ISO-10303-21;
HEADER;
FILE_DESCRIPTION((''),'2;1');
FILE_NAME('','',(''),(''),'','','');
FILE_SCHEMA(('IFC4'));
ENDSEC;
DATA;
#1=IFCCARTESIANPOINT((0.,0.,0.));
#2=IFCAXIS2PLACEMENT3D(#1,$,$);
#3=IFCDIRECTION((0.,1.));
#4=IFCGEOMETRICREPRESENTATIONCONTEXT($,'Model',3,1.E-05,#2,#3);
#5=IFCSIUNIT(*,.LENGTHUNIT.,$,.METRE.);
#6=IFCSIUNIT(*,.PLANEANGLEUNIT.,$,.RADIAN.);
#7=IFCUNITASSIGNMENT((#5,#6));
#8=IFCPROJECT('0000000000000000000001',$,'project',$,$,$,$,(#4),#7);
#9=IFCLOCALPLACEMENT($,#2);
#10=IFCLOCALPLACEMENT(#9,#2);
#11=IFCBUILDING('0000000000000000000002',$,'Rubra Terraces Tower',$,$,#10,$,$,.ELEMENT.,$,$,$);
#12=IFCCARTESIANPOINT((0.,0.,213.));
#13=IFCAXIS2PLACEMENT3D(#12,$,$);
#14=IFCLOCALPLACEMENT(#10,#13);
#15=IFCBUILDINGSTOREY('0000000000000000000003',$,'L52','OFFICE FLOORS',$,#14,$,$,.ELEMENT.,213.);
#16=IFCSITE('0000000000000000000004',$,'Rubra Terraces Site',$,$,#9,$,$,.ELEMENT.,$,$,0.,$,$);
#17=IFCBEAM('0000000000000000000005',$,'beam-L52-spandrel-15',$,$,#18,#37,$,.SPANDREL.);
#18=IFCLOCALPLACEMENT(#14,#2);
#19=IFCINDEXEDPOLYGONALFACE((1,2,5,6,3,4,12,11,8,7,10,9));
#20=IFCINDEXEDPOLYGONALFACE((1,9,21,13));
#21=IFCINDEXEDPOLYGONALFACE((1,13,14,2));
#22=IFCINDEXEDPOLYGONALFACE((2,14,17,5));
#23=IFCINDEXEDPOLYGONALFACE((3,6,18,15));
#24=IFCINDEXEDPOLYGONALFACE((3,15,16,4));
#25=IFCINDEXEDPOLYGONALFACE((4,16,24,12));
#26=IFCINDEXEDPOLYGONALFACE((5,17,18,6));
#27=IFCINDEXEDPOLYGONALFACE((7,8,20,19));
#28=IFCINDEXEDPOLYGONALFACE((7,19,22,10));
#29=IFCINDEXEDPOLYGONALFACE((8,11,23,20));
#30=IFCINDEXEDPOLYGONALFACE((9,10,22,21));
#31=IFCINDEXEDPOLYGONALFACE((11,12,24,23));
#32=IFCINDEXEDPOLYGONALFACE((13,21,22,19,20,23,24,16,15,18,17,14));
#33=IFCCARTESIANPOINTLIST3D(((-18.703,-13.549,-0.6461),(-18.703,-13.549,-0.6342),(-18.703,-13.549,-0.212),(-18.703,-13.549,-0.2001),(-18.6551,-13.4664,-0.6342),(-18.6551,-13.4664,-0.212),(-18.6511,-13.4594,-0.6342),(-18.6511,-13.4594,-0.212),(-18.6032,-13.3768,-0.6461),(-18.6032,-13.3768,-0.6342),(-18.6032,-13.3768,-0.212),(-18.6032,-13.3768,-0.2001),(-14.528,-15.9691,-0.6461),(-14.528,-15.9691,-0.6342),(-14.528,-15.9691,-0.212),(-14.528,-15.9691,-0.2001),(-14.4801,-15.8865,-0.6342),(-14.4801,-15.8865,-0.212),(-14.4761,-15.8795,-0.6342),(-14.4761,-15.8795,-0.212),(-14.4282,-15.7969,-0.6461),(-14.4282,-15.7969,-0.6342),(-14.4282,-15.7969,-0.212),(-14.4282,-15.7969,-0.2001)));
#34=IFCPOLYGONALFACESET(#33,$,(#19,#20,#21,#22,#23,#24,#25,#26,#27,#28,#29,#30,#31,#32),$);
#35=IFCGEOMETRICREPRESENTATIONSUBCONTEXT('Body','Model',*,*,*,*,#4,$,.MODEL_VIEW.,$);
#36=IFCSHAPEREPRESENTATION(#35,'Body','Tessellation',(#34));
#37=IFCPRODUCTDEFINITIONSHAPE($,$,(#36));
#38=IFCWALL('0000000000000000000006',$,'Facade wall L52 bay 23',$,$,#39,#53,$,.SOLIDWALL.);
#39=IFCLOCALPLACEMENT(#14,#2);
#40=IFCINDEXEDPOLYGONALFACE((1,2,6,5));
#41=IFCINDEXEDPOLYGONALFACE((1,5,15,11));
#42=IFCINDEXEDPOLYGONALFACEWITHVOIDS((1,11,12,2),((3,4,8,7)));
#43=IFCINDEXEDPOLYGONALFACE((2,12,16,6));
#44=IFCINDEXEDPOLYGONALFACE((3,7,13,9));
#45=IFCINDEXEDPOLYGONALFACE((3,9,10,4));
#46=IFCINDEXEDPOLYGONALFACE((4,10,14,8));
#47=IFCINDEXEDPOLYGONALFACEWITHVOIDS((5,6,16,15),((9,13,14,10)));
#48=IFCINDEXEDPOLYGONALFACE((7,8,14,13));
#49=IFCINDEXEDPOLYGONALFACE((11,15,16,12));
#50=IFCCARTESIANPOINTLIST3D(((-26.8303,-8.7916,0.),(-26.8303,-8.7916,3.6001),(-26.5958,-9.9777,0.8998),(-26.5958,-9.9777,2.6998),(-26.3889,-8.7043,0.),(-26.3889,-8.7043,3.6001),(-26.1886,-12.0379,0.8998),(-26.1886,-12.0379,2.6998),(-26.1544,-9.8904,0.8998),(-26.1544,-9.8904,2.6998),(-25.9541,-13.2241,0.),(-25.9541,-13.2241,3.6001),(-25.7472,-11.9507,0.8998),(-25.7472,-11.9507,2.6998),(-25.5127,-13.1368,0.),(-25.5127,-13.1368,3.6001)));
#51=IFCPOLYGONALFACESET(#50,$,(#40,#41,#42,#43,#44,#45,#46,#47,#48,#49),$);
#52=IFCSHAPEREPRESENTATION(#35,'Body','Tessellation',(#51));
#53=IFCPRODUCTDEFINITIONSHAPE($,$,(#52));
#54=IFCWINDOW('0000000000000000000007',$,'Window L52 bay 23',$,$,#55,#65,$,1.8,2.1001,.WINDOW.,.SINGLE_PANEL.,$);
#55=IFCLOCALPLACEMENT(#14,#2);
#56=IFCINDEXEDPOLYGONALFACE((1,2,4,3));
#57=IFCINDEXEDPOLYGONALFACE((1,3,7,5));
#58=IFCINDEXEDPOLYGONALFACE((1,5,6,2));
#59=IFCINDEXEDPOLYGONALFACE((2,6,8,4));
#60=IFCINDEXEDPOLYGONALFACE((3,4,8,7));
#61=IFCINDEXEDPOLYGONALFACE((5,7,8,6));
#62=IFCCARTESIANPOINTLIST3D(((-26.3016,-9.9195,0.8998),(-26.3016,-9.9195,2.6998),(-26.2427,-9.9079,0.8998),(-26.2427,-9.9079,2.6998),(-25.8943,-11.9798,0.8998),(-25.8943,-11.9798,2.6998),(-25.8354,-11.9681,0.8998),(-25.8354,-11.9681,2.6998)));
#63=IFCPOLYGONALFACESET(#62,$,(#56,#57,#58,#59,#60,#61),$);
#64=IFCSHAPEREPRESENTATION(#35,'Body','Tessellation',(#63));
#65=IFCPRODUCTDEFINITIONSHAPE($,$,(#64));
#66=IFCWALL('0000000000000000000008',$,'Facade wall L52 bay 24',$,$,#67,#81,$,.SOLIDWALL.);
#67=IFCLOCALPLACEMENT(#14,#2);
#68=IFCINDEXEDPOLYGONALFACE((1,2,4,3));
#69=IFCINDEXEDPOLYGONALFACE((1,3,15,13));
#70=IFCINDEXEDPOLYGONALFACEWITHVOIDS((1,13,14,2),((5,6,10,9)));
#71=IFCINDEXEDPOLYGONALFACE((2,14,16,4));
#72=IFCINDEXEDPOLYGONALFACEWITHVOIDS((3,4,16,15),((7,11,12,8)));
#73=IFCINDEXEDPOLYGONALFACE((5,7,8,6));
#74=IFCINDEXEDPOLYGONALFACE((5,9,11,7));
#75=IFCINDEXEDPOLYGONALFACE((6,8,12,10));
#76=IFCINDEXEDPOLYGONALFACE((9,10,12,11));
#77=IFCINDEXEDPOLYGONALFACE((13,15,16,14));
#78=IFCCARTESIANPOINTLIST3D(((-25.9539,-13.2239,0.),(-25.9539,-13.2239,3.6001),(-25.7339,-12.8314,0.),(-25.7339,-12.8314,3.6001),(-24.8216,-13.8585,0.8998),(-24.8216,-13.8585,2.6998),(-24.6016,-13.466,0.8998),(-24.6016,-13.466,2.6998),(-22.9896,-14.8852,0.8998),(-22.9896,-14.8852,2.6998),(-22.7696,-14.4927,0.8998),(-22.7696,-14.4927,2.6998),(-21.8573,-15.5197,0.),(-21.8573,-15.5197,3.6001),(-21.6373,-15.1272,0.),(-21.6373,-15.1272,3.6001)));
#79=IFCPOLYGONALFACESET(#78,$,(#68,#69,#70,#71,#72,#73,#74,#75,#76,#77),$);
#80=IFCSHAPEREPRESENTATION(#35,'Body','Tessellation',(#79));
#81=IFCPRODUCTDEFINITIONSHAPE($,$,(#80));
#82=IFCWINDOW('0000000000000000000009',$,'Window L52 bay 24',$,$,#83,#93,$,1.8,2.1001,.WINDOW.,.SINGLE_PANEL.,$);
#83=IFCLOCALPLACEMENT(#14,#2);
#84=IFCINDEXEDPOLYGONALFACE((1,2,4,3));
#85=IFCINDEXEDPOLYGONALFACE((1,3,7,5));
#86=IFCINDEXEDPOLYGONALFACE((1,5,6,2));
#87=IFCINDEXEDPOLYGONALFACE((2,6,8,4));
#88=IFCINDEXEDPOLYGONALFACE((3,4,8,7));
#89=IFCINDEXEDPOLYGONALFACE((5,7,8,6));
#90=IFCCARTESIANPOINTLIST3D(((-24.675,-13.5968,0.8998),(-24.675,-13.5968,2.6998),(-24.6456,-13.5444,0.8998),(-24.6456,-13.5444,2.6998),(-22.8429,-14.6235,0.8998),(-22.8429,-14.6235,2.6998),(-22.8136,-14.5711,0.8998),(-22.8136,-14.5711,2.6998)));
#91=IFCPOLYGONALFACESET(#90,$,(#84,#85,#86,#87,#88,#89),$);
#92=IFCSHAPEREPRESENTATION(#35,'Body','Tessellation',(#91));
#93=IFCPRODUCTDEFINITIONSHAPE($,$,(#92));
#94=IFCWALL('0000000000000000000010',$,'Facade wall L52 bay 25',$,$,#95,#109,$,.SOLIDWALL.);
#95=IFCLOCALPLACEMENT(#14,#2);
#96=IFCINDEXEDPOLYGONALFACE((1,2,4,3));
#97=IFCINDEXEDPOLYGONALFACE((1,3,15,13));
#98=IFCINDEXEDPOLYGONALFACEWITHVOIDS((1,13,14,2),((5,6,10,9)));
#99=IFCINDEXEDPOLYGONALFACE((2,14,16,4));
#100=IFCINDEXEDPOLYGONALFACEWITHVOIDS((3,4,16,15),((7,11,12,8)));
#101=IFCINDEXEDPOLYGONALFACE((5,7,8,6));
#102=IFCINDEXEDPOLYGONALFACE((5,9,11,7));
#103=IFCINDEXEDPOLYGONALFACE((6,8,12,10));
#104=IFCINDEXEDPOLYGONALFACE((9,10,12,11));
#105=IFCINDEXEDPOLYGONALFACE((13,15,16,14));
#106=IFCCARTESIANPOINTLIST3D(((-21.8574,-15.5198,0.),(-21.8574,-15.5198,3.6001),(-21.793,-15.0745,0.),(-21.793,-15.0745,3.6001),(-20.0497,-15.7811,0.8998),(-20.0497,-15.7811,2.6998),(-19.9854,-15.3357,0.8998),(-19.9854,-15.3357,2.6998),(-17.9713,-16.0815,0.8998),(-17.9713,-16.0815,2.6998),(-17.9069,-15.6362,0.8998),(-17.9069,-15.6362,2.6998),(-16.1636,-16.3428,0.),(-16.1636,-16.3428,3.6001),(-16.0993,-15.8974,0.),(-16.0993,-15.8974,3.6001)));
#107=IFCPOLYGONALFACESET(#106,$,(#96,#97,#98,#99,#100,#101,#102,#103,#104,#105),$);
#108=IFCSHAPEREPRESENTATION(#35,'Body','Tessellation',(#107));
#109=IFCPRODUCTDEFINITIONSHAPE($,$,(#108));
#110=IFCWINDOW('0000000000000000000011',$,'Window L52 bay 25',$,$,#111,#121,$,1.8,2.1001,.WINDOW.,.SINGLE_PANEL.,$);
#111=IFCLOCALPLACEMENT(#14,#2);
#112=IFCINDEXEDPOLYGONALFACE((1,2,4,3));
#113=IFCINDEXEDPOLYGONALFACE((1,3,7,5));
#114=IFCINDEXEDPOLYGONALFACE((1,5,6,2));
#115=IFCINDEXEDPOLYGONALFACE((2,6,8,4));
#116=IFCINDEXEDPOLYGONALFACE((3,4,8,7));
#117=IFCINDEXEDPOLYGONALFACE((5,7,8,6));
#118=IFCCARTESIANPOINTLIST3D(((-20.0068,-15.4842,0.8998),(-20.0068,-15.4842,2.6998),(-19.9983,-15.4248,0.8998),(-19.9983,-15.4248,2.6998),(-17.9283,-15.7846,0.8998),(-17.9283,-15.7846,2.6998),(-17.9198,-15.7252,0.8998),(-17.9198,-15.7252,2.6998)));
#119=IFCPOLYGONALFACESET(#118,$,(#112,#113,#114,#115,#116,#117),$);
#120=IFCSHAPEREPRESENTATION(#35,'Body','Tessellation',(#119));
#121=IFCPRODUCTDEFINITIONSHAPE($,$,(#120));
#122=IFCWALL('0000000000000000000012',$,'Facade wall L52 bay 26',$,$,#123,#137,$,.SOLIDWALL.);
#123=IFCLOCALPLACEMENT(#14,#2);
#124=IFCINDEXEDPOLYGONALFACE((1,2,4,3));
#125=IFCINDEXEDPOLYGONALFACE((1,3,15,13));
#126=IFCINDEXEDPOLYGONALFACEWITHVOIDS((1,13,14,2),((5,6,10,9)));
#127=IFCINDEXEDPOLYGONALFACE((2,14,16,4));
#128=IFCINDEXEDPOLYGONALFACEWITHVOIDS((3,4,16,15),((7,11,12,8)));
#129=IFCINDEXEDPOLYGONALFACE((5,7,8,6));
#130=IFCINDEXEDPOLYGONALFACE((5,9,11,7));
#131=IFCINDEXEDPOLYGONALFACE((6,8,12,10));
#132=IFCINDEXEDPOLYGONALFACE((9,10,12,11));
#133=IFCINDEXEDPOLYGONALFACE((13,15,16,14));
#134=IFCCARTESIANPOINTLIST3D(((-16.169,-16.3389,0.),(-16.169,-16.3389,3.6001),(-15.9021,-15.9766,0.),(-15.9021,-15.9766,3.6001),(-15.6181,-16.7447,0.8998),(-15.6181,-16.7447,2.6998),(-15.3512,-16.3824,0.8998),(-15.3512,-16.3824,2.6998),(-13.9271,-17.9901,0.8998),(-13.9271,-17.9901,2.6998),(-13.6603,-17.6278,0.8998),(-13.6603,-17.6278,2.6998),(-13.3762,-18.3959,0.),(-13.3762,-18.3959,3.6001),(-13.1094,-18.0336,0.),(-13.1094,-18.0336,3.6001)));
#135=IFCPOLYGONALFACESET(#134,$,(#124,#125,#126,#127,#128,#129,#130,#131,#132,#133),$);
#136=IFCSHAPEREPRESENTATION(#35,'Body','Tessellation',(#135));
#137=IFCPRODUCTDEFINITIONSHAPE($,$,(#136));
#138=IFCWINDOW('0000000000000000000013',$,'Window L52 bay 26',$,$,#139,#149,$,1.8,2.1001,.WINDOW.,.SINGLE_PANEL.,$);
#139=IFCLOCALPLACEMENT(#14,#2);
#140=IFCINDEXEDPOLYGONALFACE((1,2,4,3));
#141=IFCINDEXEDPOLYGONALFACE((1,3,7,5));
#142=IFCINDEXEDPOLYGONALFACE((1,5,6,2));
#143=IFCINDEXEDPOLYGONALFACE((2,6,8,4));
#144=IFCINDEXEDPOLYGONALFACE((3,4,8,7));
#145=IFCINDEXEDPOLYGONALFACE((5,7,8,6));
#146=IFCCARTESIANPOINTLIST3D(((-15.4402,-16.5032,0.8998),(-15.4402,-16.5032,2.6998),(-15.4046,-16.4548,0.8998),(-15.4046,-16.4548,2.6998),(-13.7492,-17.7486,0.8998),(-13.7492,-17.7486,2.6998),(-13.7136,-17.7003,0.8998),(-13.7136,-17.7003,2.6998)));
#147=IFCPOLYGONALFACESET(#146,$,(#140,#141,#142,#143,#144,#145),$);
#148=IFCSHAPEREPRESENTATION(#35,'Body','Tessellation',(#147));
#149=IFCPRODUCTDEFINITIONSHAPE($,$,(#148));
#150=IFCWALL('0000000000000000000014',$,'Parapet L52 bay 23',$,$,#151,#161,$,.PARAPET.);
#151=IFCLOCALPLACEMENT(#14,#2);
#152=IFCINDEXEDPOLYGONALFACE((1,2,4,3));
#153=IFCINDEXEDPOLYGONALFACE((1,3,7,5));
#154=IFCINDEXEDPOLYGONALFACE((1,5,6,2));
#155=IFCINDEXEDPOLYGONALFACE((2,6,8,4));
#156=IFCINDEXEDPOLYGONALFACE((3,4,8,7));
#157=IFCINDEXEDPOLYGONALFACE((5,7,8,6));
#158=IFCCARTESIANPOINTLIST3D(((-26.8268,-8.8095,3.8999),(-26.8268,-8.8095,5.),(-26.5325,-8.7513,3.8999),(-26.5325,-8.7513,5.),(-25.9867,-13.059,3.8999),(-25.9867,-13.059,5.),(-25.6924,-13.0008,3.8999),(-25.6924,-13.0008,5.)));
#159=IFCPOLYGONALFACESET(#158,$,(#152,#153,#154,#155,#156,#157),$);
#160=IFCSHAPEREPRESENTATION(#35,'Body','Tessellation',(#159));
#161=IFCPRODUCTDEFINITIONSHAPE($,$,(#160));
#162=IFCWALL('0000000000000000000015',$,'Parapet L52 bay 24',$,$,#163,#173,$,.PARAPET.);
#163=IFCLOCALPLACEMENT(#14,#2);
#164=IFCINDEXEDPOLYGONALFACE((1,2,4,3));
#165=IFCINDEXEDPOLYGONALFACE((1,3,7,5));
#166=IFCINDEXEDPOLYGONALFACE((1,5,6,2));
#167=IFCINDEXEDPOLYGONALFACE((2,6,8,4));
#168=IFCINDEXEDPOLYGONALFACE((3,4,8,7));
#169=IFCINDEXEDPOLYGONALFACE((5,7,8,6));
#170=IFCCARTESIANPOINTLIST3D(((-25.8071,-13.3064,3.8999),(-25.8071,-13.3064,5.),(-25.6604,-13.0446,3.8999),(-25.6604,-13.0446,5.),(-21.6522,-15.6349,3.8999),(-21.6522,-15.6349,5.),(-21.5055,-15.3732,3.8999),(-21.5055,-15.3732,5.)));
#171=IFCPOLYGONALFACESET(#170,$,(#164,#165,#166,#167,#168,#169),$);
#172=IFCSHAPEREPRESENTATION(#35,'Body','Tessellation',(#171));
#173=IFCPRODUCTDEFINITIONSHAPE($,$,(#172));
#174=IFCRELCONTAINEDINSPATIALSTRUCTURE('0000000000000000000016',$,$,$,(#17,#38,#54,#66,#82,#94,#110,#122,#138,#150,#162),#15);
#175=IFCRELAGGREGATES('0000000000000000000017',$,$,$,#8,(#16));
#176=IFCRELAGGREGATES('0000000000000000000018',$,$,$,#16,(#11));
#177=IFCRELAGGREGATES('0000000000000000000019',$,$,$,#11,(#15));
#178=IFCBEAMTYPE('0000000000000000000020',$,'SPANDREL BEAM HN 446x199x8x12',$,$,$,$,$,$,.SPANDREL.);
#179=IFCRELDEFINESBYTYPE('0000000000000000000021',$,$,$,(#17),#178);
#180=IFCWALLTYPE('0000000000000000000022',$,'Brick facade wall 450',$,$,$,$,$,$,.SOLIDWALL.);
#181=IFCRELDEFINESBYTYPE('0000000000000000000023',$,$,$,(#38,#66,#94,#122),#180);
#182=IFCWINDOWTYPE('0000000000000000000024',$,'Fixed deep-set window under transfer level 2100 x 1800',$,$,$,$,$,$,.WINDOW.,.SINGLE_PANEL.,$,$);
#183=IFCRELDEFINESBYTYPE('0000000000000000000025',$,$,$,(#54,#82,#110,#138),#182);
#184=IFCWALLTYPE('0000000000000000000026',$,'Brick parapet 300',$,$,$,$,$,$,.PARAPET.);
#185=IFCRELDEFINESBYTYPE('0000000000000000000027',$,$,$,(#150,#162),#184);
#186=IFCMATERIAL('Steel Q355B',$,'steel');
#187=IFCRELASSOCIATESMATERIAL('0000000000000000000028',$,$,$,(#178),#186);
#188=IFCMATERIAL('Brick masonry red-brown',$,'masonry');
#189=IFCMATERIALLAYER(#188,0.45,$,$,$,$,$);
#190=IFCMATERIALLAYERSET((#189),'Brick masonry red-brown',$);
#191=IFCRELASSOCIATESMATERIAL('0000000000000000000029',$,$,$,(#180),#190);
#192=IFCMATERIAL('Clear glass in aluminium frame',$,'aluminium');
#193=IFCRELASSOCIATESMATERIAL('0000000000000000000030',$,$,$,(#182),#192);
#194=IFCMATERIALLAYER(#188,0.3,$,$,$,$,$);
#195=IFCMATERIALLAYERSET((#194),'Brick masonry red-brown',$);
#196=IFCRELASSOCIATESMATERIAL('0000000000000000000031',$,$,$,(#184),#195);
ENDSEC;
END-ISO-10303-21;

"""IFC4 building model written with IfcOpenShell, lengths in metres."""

from ifc_helpers import new_model, si_unit, direction, frame, frame_2d, origin, origin_2d, place, context, subcontext, project, spatial, rectangle, i_section, extrude, material, layer, layer_set, material_profile, profile_set, type_object, element, fill, save


model = new_model("IFC4")

# Units and contexts
model_context = context("Model", 3, precision=1e-05, world=origin(), true_north=direction((0.0, 1.0)))
body_context = subcontext(model_context, "Body", "Model", "MODEL_VIEW")
ifc_project = project(units=[si_unit("LENGTHUNIT", "METRE"), si_unit("PLANEANGLEUNIT", "RADIAN")], contexts=[model_context])

# Site, building, storey
site_placement = place(None, origin())
site = spatial("IfcSite", under=ifc_project, at=site_placement, Name="Rubra Terraces Site", CompositionType="ELEMENT", RefElevation=0.0)
building_placement = place(site_placement, origin())
building = spatial("IfcBuilding", under=site, at=building_placement, Name="Rubra Terraces Tower", CompositionType="ELEMENT")
storey_placement = place(building_placement, frame((0.0, 0.0, 213.0)))
storey = spatial("IfcBuildingStorey", under=building, at=storey_placement, Name="L52", Description="OFFICE FLOORS", CompositionType="ELEMENT", Elevation=213.0)

# Beam
ifc_material_1 = material(Name="Steel Q355B", Category="steel")
ifc_material_profile_1 = material_profile(ifc_material_1, i_section(OverallWidth=0.199, OverallDepth=0.446, WebThickness=0.0081, FlangeThickness=0.012, at=origin_2d()), Name="HN 446x199x8x12")
ifc_profile_set_1 = profile_set([ifc_material_profile_1], Name="Steel Q355B")
beam_type_1 = type_object("IfcBeamType", Name="SPANDREL BEAM HN 446x199x8x12", PredefinedType="SPANDREL", material=ifc_profile_set_1)
beam_1_placement = place(storey_placement, frame((-18.6531, -13.4629, -0.4231), z_axis=(0.865154, -0.501507, 0.0), x_axis=(0.501507, 0.865154, 0.0)))
element("IfcBeam", 1, at=beam_1_placement, inside=storey, type_object=beam_type_1, Name="beam-L52-spandrel-15", PredefinedType="SPANDREL", context=body_context, shape_type="SweptSolid", body=[
    extrude(i_section(OverallWidth=0.199, OverallDepth=0.446, WebThickness=0.0081, FlangeThickness=0.012, at=origin_2d()), origin(), (0.0, 0.0, 1.0), 4.8257),
])

# Walls, openings, windows
ifc_material_2 = material(Name="Brick masonry red-brown", Category="masonry")
ifc_layer_1 = layer(ifc_material_2, 0.45)
ifc_layer_set_1 = layer_set([ifc_layer_1], Name="Brick masonry red-brown")
wall_type_1 = type_object("IfcWallType", Name="Brick facade wall 450", PredefinedType="SOLIDWALL", material=ifc_layer_set_1)
wall_1_placement = place(storey_placement, frame((-26.6096, -8.7478, 0.0), z_axis=(0.0, 0.0, 1.0), x_axis=(0.193923, -0.981017, 0.0)))
wall_1 = element("IfcWall", 2, at=wall_1_placement, inside=storey, type_object=wall_type_1, Name="Facade wall L52 bay 23", PredefinedType="SOLIDWALL", context=body_context, shape_type="SweptSolid", body=[
    extrude(rectangle(XDim=4.5183, YDim=0.45, at=frame_2d((2.2593, 0.0))), origin(), (0.0, 0.0, 1.0), 3.6001),
])
opening_1_placement = place(wall_1_placement, frame((1.2092, 0.0, 0.8999)))
opening_1 = element("IfcOpeningElement", 3, at=opening_1_placement, cuts=wall_1, PredefinedType="OPENING", context=body_context, shape_type="SweptSolid", body=[
    extrude(rectangle(XDim=2.1001, YDim=1.8, at=frame_2d((1.05, 0.8999))), frame((0.0, 0.2349, 0.0), z_axis=(0.0, -1.0, 0.0), x_axis=(1.0, 0.0, 0.0)), (0.0, 0.0, 1.0), 0.47),
])
ifc_material_3 = material(Name="Clear glass in aluminium frame", Category="aluminium")
window_type = type_object("IfcWindowType", Name="Fixed deep-set window under transfer level 2100 x 1800", PartitioningType="SINGLE_PANEL", PredefinedType="WINDOW", material=ifc_material_3)
window_1_placement = place(opening_1_placement, origin())
window_1 = element("IfcWindow", 4, at=window_1_placement, inside=storey, type_object=window_type, Name="Window L52 bay 23", OverallHeight=1.8, OverallWidth=2.1001, PartitioningType="SINGLE_PANEL", PredefinedType="WINDOW", context=body_context, shape_type="SweptSolid", body=[
    extrude(rectangle(XDim=2.1001, YDim=1.8, at=frame_2d((1.05, 0.8999))), frame((0.0, 0.135, 0.0), z_axis=(0.0, -1.0, 0.0), x_axis=(1.0, 0.0, 0.0)), (0.0, 0.0, 1.0), 0.0601),
])
fill(opening_1, window_1)
wall_2_placement = place(storey_placement, frame((-25.844, -13.0276, 0.0), z_axis=(0.0, 0.0, 1.0), x_axis=(0.872346, -0.488888, 0.0)))
wall_2 = element("IfcWall", 5, at=wall_2_placement, inside=storey, type_object=wall_type_1, Name="Facade wall L52 bay 24", PredefinedType="SOLIDWALL", context=body_context, shape_type="SweptSolid", body=[
    extrude(rectangle(XDim=4.696, YDim=0.45, at=frame_2d((2.3481, 0.0))), origin(), (0.0, 0.0, 1.0), 3.6001),
])
opening_2_placement = place(wall_2_placement, frame((1.2981, 0.0, 0.8999)))
opening_2 = element("IfcOpeningElement", 6, at=opening_2_placement, cuts=wall_2, PredefinedType="OPENING", context=body_context, shape_type="SweptSolid", body=[
    extrude(rectangle(XDim=2.1001, YDim=1.8, at=frame_2d((1.05, 0.8999))), frame((0.0, 0.2349, 0.0), z_axis=(0.0, -1.0, 0.0), x_axis=(1.0, 0.0, 0.0)), (0.0, 0.0, 1.0), 0.47),
])
window_2_placement = place(opening_2_placement, origin())
window_2 = element("IfcWindow", 7, at=window_2_placement, inside=storey, type_object=window_type, Name="Window L52 bay 24", OverallHeight=1.8, OverallWidth=2.1001, PartitioningType="SINGLE_PANEL", PredefinedType="WINDOW", context=body_context, shape_type="SweptSolid", body=[
    extrude(rectangle(XDim=2.1001, YDim=1.8, at=frame_2d((1.05, 0.8999))), frame((0.0, 0.135, 0.0), z_axis=(0.0, -1.0, 0.0), x_axis=(1.0, 0.0, 0.0)), (0.0, 0.0, 1.0), 0.0601),
])
fill(opening_2, window_2)
wall_3_placement = place(storey_placement, frame((-21.8252, -15.2971, 0.0), z_axis=(0.0, 0.0, 1.0), x_axis=(0.989715, -0.143055, 0.0)))
wall_3 = element("IfcWall", 8, at=wall_3_placement, inside=storey, type_object=wall_type_1, Name="Facade wall L52 bay 25", PredefinedType="SOLIDWALL", context=body_context, shape_type="SweptSolid", body=[
    extrude(rectangle(XDim=5.7529, YDim=0.45, at=frame_2d((2.8765, 0.0))), origin(), (0.0, 0.0, 1.0), 3.6001),
])
opening_3_placement = place(wall_3_placement, frame((1.8264, 0.0, 0.8999)))
opening_3 = element("IfcOpeningElement", 9, at=opening_3_placement, cuts=wall_3, PredefinedType="OPENING", context=body_context, shape_type="SweptSolid", body=[
    extrude(rectangle(XDim=2.1001, YDim=1.8, at=frame_2d((1.05, 0.8999))), frame((0.0, 0.2349, 0.0), z_axis=(0.0, -1.0, 0.0), x_axis=(1.0, 0.0, 0.0)), (0.0, 0.0, 1.0), 0.47),
])
window_3_placement = place(opening_3_placement, origin())
window_3 = element("IfcWindow", 10, at=window_3_placement, inside=storey, type_object=window_type, Name="Window L52 bay 25", OverallHeight=1.8, OverallWidth=2.1001, PartitioningType="SINGLE_PANEL", PredefinedType="WINDOW", context=body_context, shape_type="SweptSolid", body=[
    extrude(rectangle(XDim=2.1001, YDim=1.8, at=frame_2d((1.05, 0.8999))), frame((0.0, 0.135, 0.0), z_axis=(0.0, -1.0, 0.0), x_axis=(1.0, 0.0, 0.0)), (0.0, 0.0, 1.0), 0.0601),
])
fill(opening_3, window_3)
wall_4_placement = place(storey_placement, frame((-16.0356, -16.1577, 0.0), z_axis=(0.0, 0.0, 1.0), x_axis=(0.805181, -0.593029, 0.0)))
wall_4 = element("IfcWall", 11, at=wall_4_placement, inside=storey, type_object=wall_type_1, Name="Facade wall L52 bay 26", PredefinedType="SOLIDWALL", context=body_context, shape_type="SweptSolid", body=[
    extrude(rectangle(XDim=3.4685, YDim=0.45, at=frame_2d((1.7344, 0.0))), origin(), (0.0, 0.0, 1.0), 3.6001),
])
opening_4_placement = place(wall_4_placement, frame((0.6843, 0.0, 0.8999)))
opening_4 = element("IfcOpeningElement", 12, at=opening_4_placement, cuts=wall_4, PredefinedType="OPENING", context=body_context, shape_type="SweptSolid", body=[
    extrude(rectangle(XDim=2.1001, YDim=1.8, at=frame_2d((1.05, 0.8999))), frame((0.0, 0.2349, 0.0), z_axis=(0.0, -1.0, 0.0), x_axis=(1.0, 0.0, 0.0)), (0.0, 0.0, 1.0), 0.47),
])
window_4_placement = place(opening_4_placement, origin())
window_4 = element("IfcWindow", 13, at=window_4_placement, inside=storey, type_object=window_type, Name="Window L52 bay 26", OverallHeight=1.8, OverallWidth=2.1001, PartitioningType="SINGLE_PANEL", PredefinedType="WINDOW", context=body_context, shape_type="SweptSolid", body=[
    extrude(rectangle(XDim=2.1001, YDim=1.8, at=frame_2d((1.05, 0.8999))), frame((0.0, 0.135, 0.0), z_axis=(0.0, -1.0, 0.0), x_axis=(1.0, 0.0, 0.0)), (0.0, 0.0, 1.0), 0.0601),
])
fill(opening_4, window_4)

# Walls
ifc_layer_2 = layer(ifc_material_2, 0.3)
ifc_layer_set_2 = layer_set([ifc_layer_2], Name="Brick masonry red-brown")
wall_type_2 = type_object("IfcWallType", Name="Brick parapet 300", PredefinedType="PARAPET", material=ifc_layer_set_2)
wall_5_placement = place(storey_placement, frame((-26.6797, -8.7803, 3.8999), z_axis=(0.0, 0.0, 1.0), x_axis=(0.193937, -0.981014, 0.0)))
element("IfcWall", 14, at=wall_5_placement, inside=storey, type_object=wall_type_2, Name="Parapet L52 bay 23", PredefinedType="PARAPET", context=body_context, shape_type="SweptSolid", body=[
    extrude(rectangle(XDim=4.3318, YDim=0.3, at=frame_2d((2.166, 0.0))), origin(), (0.0, 0.0, 1.0), 1.1001),
])
wall_6_placement = place(storey_placement, frame((-25.7336, -13.1755, 3.8999), z_axis=(0.0, 0.0, 1.0), x_axis=(0.872345, -0.488891, 0.0)))
element("IfcWall", 15, at=wall_6_placement, inside=storey, type_object=wall_type_2, Name="Parapet L52 bay 24", PredefinedType="PARAPET", context=body_context, shape_type="SweptSolid", body=[
    extrude(rectangle(XDim=4.7629, YDim=0.3, at=frame_2d((2.3813, 0.0))), origin(), (0.0, 0.0, 1.0), 1.1001),
])

save(model, "model.ifc")
